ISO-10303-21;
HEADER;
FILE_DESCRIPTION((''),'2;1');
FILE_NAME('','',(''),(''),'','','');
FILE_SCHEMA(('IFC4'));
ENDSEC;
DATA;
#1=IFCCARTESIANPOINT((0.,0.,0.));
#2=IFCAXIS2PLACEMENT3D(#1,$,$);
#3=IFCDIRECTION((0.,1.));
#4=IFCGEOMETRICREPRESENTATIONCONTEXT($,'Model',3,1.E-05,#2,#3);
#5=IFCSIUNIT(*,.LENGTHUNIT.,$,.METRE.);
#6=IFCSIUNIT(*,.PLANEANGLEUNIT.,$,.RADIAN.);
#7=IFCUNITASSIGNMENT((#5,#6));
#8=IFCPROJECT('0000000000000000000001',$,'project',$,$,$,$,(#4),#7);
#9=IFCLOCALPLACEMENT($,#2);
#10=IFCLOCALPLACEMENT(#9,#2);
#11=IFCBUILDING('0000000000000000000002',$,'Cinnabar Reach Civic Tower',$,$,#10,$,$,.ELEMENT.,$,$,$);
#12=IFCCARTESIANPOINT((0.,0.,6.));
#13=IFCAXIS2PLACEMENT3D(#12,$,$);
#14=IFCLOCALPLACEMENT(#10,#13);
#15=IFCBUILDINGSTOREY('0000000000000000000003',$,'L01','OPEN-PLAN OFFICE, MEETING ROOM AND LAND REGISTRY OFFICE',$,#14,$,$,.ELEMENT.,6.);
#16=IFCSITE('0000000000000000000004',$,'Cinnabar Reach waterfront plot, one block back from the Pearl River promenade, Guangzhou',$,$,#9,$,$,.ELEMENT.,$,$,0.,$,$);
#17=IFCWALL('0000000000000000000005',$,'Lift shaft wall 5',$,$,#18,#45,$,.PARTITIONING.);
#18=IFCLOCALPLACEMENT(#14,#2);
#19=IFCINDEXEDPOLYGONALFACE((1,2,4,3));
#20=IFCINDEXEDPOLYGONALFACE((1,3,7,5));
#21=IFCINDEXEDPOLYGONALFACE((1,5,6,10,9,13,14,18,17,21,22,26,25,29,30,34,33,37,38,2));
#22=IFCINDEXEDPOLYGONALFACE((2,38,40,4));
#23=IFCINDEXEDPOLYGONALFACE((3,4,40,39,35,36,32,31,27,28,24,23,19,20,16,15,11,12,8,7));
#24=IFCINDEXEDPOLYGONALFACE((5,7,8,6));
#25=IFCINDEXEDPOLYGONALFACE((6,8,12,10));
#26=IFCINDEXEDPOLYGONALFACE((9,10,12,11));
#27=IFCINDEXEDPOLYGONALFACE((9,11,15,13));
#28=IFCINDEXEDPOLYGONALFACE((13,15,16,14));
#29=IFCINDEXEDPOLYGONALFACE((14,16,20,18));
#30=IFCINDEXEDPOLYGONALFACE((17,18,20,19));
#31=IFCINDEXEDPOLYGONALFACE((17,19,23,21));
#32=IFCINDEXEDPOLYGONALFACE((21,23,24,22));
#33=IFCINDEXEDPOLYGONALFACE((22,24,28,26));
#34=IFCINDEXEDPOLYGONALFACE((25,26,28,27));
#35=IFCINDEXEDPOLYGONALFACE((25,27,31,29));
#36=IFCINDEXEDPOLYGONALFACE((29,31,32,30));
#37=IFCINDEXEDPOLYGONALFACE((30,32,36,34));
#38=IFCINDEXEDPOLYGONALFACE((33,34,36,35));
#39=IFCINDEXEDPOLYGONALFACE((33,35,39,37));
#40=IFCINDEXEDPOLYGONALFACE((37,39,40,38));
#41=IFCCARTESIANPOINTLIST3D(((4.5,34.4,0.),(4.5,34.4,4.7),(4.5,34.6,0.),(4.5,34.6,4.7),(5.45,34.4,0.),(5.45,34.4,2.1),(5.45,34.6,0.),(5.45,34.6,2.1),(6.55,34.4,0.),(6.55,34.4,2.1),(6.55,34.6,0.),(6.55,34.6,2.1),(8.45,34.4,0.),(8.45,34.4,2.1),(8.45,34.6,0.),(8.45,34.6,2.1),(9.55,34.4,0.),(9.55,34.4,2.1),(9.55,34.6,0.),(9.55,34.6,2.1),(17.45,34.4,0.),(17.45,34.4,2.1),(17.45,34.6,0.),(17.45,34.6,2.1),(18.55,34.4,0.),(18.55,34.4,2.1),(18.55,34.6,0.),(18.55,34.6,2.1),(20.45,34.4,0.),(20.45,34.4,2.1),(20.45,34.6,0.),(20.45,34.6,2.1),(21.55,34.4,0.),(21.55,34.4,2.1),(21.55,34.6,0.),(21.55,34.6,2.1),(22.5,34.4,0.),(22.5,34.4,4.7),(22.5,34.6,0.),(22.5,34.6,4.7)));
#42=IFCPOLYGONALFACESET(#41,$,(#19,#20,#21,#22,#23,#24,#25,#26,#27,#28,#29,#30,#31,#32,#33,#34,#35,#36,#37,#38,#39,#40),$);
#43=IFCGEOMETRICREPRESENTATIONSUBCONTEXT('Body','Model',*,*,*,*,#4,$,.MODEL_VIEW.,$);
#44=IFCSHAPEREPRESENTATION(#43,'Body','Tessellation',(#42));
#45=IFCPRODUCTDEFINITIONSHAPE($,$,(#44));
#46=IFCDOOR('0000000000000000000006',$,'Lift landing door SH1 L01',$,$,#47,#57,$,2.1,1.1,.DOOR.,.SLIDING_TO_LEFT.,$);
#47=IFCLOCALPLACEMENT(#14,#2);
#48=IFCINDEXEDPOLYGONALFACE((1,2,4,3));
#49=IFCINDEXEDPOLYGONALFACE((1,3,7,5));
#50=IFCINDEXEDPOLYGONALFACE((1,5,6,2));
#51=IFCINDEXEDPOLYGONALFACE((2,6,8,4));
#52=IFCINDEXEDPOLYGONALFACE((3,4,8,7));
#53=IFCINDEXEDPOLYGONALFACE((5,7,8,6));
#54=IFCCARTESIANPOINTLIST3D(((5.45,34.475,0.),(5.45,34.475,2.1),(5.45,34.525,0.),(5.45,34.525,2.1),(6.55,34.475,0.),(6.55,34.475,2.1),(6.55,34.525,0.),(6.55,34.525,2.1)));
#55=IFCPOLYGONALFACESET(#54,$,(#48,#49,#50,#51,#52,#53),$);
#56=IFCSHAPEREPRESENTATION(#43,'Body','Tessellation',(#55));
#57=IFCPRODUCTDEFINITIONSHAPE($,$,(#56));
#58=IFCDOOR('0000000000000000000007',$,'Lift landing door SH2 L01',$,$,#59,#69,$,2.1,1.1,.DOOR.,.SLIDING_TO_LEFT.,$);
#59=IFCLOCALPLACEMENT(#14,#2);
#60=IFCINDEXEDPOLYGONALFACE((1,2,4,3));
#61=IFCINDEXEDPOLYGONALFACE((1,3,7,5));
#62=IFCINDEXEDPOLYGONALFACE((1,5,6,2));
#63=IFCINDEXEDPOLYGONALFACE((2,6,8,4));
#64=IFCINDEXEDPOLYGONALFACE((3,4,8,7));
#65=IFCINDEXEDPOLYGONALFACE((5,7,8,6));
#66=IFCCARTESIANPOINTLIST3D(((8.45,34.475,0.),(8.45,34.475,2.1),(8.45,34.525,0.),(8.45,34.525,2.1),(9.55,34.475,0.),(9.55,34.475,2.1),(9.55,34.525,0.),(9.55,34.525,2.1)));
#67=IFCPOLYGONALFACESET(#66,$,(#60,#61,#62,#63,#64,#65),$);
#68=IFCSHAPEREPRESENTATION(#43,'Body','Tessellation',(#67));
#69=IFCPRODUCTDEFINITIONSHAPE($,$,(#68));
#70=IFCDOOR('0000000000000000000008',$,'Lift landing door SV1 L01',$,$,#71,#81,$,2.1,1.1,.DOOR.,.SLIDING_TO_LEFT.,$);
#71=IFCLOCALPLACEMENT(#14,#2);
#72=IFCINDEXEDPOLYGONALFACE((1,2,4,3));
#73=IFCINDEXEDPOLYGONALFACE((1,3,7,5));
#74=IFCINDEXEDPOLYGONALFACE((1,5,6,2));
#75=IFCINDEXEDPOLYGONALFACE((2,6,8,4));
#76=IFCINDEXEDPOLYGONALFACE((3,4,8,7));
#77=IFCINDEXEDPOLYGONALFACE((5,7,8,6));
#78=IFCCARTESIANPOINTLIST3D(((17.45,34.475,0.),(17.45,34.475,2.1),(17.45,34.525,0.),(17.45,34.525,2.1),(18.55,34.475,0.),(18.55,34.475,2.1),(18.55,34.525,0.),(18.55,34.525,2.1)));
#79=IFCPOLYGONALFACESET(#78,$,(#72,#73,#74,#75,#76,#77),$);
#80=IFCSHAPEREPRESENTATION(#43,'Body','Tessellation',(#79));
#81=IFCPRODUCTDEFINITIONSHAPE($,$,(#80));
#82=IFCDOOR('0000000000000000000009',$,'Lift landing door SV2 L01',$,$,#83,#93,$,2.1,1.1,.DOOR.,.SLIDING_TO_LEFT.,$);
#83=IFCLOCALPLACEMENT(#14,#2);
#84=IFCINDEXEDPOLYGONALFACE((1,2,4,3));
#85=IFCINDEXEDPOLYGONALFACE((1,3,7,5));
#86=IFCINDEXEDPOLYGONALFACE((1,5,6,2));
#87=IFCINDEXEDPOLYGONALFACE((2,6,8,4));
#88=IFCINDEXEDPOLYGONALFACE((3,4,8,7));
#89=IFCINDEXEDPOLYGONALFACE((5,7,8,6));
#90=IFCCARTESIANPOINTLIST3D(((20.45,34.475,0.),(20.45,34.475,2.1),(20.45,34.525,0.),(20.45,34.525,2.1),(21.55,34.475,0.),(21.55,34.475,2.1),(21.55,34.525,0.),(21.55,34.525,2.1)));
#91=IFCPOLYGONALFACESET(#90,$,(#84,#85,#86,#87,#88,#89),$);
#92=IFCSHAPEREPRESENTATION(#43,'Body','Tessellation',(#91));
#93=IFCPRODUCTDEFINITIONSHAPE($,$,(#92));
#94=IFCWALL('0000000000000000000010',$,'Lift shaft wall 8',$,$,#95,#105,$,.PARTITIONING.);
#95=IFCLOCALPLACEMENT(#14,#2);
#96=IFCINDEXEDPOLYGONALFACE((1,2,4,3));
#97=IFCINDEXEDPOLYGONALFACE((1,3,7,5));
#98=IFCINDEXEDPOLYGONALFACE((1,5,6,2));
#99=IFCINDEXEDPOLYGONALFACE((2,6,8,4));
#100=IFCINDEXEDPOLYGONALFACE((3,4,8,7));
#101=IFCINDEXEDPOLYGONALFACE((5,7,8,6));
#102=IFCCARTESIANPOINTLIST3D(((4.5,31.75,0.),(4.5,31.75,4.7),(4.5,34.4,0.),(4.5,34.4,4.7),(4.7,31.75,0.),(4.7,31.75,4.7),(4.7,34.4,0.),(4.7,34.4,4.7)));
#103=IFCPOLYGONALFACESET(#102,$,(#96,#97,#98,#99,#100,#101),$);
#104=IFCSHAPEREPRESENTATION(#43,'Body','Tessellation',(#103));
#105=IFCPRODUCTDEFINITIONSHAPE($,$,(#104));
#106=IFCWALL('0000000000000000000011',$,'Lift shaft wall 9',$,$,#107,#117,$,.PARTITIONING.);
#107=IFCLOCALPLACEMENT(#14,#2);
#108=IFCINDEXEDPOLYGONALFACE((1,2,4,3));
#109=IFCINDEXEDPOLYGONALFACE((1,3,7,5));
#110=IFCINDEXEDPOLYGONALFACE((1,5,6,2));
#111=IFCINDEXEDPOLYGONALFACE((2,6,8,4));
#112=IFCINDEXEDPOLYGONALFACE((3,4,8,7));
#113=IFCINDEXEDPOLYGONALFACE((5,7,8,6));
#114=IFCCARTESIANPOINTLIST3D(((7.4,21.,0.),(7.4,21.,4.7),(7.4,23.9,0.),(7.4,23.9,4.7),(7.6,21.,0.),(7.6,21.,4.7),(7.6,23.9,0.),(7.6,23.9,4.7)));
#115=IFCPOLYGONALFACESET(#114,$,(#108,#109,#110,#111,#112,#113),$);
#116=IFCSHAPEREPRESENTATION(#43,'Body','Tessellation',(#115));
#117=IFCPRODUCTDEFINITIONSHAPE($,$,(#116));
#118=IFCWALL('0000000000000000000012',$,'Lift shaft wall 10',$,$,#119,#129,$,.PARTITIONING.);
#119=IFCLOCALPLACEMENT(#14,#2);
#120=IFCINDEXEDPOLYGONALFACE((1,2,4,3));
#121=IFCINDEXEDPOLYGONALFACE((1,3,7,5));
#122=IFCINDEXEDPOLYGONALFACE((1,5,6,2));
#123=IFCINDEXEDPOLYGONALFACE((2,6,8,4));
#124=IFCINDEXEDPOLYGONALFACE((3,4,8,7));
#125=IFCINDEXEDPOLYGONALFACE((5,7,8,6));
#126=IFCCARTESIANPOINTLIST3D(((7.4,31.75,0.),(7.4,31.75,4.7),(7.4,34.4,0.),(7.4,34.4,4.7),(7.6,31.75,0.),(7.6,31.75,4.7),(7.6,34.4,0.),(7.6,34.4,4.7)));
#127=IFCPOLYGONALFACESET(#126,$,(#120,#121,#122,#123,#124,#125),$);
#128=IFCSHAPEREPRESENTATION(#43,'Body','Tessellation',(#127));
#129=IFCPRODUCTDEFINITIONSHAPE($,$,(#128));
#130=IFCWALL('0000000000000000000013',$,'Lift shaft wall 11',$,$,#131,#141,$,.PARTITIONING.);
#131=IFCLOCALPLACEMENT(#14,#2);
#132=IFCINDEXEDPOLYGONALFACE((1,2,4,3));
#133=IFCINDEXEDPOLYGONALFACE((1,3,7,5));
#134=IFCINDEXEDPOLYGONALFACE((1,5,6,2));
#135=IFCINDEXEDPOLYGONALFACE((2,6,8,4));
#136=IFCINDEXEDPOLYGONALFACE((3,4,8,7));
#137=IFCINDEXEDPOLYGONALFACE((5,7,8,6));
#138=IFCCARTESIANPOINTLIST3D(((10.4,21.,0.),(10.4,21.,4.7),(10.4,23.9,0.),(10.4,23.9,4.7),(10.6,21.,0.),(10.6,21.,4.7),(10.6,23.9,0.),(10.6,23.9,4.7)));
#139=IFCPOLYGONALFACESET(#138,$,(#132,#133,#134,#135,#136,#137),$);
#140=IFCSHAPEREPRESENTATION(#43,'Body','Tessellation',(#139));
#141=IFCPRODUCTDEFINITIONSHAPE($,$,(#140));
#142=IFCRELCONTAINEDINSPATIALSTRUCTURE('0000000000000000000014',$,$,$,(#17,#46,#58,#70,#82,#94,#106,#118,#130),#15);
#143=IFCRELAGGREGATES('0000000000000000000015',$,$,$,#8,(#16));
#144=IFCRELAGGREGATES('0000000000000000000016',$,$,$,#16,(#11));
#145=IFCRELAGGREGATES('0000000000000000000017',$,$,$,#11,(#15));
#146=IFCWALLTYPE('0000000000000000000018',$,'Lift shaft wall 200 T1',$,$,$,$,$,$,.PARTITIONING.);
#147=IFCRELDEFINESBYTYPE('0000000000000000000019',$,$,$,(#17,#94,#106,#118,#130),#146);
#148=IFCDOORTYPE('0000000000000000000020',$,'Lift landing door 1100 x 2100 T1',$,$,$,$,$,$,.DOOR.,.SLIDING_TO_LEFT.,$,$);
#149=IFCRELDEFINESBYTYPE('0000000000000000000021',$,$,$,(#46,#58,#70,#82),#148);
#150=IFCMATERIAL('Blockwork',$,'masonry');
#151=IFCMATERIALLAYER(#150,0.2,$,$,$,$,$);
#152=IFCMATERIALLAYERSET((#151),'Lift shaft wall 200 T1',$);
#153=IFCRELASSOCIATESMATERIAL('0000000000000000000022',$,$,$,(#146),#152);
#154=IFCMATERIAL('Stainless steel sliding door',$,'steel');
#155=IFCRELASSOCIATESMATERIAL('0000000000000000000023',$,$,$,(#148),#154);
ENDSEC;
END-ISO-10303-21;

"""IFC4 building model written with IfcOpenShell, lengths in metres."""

from ifc_helpers import new_model, si_unit, direction, frame, frame_2d, origin, place, context, subcontext, project, spatial, rectangle, extrude, material, layer, layer_set, type_object, element, fill, save


model = new_model("IFC4")

# Units and contexts
model_context = context("Model", 3, precision=1e-05, world=origin(), true_north=direction((0.0, 1.0)))
body_context = subcontext(model_context, "Body", "Model", "MODEL_VIEW")
ifc_project = project(units=[si_unit("LENGTHUNIT", "METRE"), si_unit("PLANEANGLEUNIT", "RADIAN")], contexts=[model_context])

# Site, building, storey
site_placement = place(None, origin())
site = spatial("IfcSite", under=ifc_project, at=site_placement, Name="Cinnabar Reach waterfront plot, one block back from the Pearl River promenade, Guangzhou", CompositionType="ELEMENT", RefElevation=0.0)
building_placement = place(site_placement, origin())
building = spatial("IfcBuilding", under=site, at=building_placement, Name="Cinnabar Reach Civic Tower", CompositionType="ELEMENT")
storey_placement = place(building_placement, frame((0.0, 0.0, 6.0)))
storey = spatial("IfcBuildingStorey", under=building, at=storey_placement, Name="L01", Description="OPEN-PLAN OFFICE, MEETING ROOM AND LAND REGISTRY OFFICE", CompositionType="ELEMENT", Elevation=6.0)

# Wall, openings, doors
ifc_material_1 = material(Name="Blockwork", Category="masonry")
ifc_layer_1 = layer(ifc_material_1, 0.2)
ifc_layer_set_1 = layer_set([ifc_layer_1], Name="Lift shaft wall 200 T1")
wall_type_1 = type_object("IfcWallType", Name="Lift shaft wall 200 T1", PredefinedType="PARTITIONING", material=ifc_layer_set_1)
ifc_material_2 = material(Name="Stainless steel sliding door", Category="steel")
door_type_1 = type_object("IfcDoorType", Name="Lift landing door 1100 x 2100 T1", OperationType="SLIDING_TO_LEFT", PredefinedType="DOOR", material=ifc_material_2)
wall_1_placement = place(storey_placement, frame((4.5, 34.5, 0.0), z_axis=(0.0, 0.0, 1.0), x_axis=(1.0, 0.0, 0.0)))
wall_1 = element("IfcWall", 1, at=wall_1_placement, inside=storey, type_object=wall_type_1, Name="Lift shaft wall 5", PredefinedType="PARTITIONING", context=body_context, shape_type="SweptSolid", body=[
    extrude(rectangle(XDim=18.0, YDim=0.2, at=frame_2d((9.0, 0.0))), origin(), (0.0, 0.0, 1.0), 4.7),
])
opening_1_placement = place(wall_1_placement, frame((0.95, 0.0, 0.0)))
opening_1 = element("IfcOpeningElement", 2, at=opening_1_placement, cuts=wall_1, PredefinedType="OPENING", context=body_context, shape_type="SweptSolid", body=[
    extrude(rectangle(XDim=1.1, YDim=2.1, at=frame_2d((0.55, 1.05))), frame((0.0, 0.11, 0.0), z_axis=(0.0, -1.0, 0.0), x_axis=(1.0, 0.0, 0.0)), (0.0, 0.0, 1.0), 0.22),
])
opening_2_placement = place(wall_1_placement, frame((3.95, 0.0, 0.0)))
opening_2 = element("IfcOpeningElement", 3, at=opening_2_placement, cuts=wall_1, PredefinedType="OPENING", context=body_context, shape_type="SweptSolid", body=[
    extrude(rectangle(XDim=1.1, YDim=2.1, at=frame_2d((0.55, 1.05))), frame((0.0, 0.11, 0.0), z_axis=(0.0, -1.0, 0.0), x_axis=(1.0, 0.0, 0.0)), (0.0, 0.0, 1.0), 0.22),
])
opening_3_placement = place(wall_1_placement, frame((12.95, 0.0, 0.0)))
opening_3 = element("IfcOpeningElement", 4, at=opening_3_placement, cuts=wall_1, PredefinedType="OPENING", context=body_context, shape_type="SweptSolid", body=[
    extrude(rectangle(XDim=1.1, YDim=2.1, at=frame_2d((0.55, 1.05))), frame((0.0, 0.11, 0.0), z_axis=(0.0, -1.0, 0.0), x_axis=(1.0, 0.0, 0.0)), (0.0, 0.0, 1.0), 0.22),
])
opening_4_placement = place(wall_1_placement, frame((15.95, 0.0, 0.0)))
opening_4 = element("IfcOpeningElement", 5, at=opening_4_placement, cuts=wall_1, PredefinedType="OPENING", context=body_context, shape_type="SweptSolid", body=[
    extrude(rectangle(XDim=1.1, YDim=2.1, at=frame_2d((0.55, 1.05))), frame((0.0, 0.11, 0.0), z_axis=(0.0, -1.0, 0.0), x_axis=(1.0, 0.0, 0.0)), (0.0, 0.0, 1.0), 0.22),
])
door_1_placement = place(opening_1_placement, origin())
door_1 = element("IfcDoor", 6, at=door_1_placement, inside=storey, type_object=door_type_1, Name="Lift landing door SH1 L01", OperationType="SLIDING_TO_LEFT", OverallHeight=2.1, OverallWidth=1.1, PredefinedType="DOOR", context=body_context, shape_type="SweptSolid", body=[
    extrude(rectangle(XDim=1.1, YDim=2.1, at=frame_2d((0.55, 1.05))), frame((0.0, 0.025, 0.0), z_axis=(0.0, -1.0, 0.0), x_axis=(1.0, 0.0, 0.0)), (0.0, 0.0, 1.0), 0.05),
])
fill(opening_1, door_1)
door_2_placement = place(opening_2_placement, origin())
door_2 = element("IfcDoor", 7, at=door_2_placement, inside=storey, type_object=door_type_1, Name="Lift landing door SH2 L01", OperationType="SLIDING_TO_LEFT", OverallHeight=2.1, OverallWidth=1.1, PredefinedType="DOOR", context=body_context, shape_type="SweptSolid", body=[
    extrude(rectangle(XDim=1.1, YDim=2.1, at=frame_2d((0.55, 1.05))), frame((0.0, 0.025, 0.0), z_axis=(0.0, -1.0, 0.0), x_axis=(1.0, 0.0, 0.0)), (0.0, 0.0, 1.0), 0.05),
])
fill(opening_2, door_2)
door_3_placement = place(opening_3_placement, origin())
door_3 = element("IfcDoor", 8, at=door_3_placement, inside=storey, type_object=door_type_1, Name="Lift landing door SV1 L01", OperationType="SLIDING_TO_LEFT", OverallHeight=2.1, OverallWidth=1.1, PredefinedType="DOOR", context=body_context, shape_type="SweptSolid", body=[
    extrude(rectangle(XDim=1.1, YDim=2.1, at=frame_2d((0.55, 1.05))), frame((0.0, 0.025, 0.0), z_axis=(0.0, -1.0, 0.0), x_axis=(1.0, 0.0, 0.0)), (0.0, 0.0, 1.0), 0.05),
])
fill(opening_3, door_3)
door_4_placement = place(opening_4_placement, origin())
door_4 = element("IfcDoor", 9, at=door_4_placement, inside=storey, type_object=door_type_1, Name="Lift landing door SV2 L01", OperationType="SLIDING_TO_LEFT", OverallHeight=2.1, OverallWidth=1.1, PredefinedType="DOOR", context=body_context, shape_type="SweptSolid", body=[
    extrude(rectangle(XDim=1.1, YDim=2.1, at=frame_2d((0.55, 1.05))), frame((0.0, 0.025, 0.0), z_axis=(0.0, -1.0, 0.0), x_axis=(1.0, 0.0, 0.0)), (0.0, 0.0, 1.0), 0.05),
])
fill(opening_4, door_4)

# Walls
wall_2_placement = place(storey_placement, frame((4.6, 31.75, 0.0), z_axis=(0.0, 0.0, 1.0), x_axis=(0.0, 1.0, 0.0)))
element("IfcWall", 10, at=wall_2_placement, inside=storey, type_object=wall_type_1, Name="Lift shaft wall 8", PredefinedType="PARTITIONING", context=body_context, shape_type="SweptSolid", body=[
    extrude(rectangle(XDim=2.65, YDim=0.2, at=frame_2d((1.325, 0.0))), origin(), (0.0, 0.0, 1.0), 4.7),
])
wall_3_placement = place(storey_placement, frame((7.5, 21.0, 0.0), z_axis=(0.0, 0.0, 1.0), x_axis=(0.0, 1.0, 0.0)))
element("IfcWall", 11, at=wall_3_placement, inside=storey, type_object=wall_type_1, Name="Lift shaft wall 9", PredefinedType="PARTITIONING", context=body_context, shape_type="SweptSolid", body=[
    extrude(rectangle(XDim=2.9, YDim=0.2, at=frame_2d((1.45, 0.0))), origin(), (0.0, 0.0, 1.0), 4.7),
])
wall_4_placement = place(storey_placement, frame((7.5, 31.75, 0.0), z_axis=(0.0, 0.0, 1.0), x_axis=(0.0, 1.0, 0.0)))
element("IfcWall", 12, at=wall_4_placement, inside=storey, type_object=wall_type_1, Name="Lift shaft wall 10", PredefinedType="PARTITIONING", context=body_context, shape_type="SweptSolid", body=[
    extrude(rectangle(XDim=2.65, YDim=0.2, at=frame_2d((1.325, 0.0))), origin(), (0.0, 0.0, 1.0), 4.7),
])
wall_5_placement = place(storey_placement, frame((10.5, 21.0, 0.0), z_axis=(0.0, 0.0, 1.0), x_axis=(0.0, 1.0, 0.0)))
element("IfcWall", 13, at=wall_5_placement, inside=storey, type_object=wall_type_1, Name="Lift shaft wall 11", PredefinedType="PARTITIONING", context=body_context, shape_type="SweptSolid", body=[
    extrude(rectangle(XDim=2.9, YDim=0.2, at=frame_2d((1.45, 0.0))), origin(), (0.0, 0.0, 1.0), 4.7),
])

save(model, "model.ifc")
